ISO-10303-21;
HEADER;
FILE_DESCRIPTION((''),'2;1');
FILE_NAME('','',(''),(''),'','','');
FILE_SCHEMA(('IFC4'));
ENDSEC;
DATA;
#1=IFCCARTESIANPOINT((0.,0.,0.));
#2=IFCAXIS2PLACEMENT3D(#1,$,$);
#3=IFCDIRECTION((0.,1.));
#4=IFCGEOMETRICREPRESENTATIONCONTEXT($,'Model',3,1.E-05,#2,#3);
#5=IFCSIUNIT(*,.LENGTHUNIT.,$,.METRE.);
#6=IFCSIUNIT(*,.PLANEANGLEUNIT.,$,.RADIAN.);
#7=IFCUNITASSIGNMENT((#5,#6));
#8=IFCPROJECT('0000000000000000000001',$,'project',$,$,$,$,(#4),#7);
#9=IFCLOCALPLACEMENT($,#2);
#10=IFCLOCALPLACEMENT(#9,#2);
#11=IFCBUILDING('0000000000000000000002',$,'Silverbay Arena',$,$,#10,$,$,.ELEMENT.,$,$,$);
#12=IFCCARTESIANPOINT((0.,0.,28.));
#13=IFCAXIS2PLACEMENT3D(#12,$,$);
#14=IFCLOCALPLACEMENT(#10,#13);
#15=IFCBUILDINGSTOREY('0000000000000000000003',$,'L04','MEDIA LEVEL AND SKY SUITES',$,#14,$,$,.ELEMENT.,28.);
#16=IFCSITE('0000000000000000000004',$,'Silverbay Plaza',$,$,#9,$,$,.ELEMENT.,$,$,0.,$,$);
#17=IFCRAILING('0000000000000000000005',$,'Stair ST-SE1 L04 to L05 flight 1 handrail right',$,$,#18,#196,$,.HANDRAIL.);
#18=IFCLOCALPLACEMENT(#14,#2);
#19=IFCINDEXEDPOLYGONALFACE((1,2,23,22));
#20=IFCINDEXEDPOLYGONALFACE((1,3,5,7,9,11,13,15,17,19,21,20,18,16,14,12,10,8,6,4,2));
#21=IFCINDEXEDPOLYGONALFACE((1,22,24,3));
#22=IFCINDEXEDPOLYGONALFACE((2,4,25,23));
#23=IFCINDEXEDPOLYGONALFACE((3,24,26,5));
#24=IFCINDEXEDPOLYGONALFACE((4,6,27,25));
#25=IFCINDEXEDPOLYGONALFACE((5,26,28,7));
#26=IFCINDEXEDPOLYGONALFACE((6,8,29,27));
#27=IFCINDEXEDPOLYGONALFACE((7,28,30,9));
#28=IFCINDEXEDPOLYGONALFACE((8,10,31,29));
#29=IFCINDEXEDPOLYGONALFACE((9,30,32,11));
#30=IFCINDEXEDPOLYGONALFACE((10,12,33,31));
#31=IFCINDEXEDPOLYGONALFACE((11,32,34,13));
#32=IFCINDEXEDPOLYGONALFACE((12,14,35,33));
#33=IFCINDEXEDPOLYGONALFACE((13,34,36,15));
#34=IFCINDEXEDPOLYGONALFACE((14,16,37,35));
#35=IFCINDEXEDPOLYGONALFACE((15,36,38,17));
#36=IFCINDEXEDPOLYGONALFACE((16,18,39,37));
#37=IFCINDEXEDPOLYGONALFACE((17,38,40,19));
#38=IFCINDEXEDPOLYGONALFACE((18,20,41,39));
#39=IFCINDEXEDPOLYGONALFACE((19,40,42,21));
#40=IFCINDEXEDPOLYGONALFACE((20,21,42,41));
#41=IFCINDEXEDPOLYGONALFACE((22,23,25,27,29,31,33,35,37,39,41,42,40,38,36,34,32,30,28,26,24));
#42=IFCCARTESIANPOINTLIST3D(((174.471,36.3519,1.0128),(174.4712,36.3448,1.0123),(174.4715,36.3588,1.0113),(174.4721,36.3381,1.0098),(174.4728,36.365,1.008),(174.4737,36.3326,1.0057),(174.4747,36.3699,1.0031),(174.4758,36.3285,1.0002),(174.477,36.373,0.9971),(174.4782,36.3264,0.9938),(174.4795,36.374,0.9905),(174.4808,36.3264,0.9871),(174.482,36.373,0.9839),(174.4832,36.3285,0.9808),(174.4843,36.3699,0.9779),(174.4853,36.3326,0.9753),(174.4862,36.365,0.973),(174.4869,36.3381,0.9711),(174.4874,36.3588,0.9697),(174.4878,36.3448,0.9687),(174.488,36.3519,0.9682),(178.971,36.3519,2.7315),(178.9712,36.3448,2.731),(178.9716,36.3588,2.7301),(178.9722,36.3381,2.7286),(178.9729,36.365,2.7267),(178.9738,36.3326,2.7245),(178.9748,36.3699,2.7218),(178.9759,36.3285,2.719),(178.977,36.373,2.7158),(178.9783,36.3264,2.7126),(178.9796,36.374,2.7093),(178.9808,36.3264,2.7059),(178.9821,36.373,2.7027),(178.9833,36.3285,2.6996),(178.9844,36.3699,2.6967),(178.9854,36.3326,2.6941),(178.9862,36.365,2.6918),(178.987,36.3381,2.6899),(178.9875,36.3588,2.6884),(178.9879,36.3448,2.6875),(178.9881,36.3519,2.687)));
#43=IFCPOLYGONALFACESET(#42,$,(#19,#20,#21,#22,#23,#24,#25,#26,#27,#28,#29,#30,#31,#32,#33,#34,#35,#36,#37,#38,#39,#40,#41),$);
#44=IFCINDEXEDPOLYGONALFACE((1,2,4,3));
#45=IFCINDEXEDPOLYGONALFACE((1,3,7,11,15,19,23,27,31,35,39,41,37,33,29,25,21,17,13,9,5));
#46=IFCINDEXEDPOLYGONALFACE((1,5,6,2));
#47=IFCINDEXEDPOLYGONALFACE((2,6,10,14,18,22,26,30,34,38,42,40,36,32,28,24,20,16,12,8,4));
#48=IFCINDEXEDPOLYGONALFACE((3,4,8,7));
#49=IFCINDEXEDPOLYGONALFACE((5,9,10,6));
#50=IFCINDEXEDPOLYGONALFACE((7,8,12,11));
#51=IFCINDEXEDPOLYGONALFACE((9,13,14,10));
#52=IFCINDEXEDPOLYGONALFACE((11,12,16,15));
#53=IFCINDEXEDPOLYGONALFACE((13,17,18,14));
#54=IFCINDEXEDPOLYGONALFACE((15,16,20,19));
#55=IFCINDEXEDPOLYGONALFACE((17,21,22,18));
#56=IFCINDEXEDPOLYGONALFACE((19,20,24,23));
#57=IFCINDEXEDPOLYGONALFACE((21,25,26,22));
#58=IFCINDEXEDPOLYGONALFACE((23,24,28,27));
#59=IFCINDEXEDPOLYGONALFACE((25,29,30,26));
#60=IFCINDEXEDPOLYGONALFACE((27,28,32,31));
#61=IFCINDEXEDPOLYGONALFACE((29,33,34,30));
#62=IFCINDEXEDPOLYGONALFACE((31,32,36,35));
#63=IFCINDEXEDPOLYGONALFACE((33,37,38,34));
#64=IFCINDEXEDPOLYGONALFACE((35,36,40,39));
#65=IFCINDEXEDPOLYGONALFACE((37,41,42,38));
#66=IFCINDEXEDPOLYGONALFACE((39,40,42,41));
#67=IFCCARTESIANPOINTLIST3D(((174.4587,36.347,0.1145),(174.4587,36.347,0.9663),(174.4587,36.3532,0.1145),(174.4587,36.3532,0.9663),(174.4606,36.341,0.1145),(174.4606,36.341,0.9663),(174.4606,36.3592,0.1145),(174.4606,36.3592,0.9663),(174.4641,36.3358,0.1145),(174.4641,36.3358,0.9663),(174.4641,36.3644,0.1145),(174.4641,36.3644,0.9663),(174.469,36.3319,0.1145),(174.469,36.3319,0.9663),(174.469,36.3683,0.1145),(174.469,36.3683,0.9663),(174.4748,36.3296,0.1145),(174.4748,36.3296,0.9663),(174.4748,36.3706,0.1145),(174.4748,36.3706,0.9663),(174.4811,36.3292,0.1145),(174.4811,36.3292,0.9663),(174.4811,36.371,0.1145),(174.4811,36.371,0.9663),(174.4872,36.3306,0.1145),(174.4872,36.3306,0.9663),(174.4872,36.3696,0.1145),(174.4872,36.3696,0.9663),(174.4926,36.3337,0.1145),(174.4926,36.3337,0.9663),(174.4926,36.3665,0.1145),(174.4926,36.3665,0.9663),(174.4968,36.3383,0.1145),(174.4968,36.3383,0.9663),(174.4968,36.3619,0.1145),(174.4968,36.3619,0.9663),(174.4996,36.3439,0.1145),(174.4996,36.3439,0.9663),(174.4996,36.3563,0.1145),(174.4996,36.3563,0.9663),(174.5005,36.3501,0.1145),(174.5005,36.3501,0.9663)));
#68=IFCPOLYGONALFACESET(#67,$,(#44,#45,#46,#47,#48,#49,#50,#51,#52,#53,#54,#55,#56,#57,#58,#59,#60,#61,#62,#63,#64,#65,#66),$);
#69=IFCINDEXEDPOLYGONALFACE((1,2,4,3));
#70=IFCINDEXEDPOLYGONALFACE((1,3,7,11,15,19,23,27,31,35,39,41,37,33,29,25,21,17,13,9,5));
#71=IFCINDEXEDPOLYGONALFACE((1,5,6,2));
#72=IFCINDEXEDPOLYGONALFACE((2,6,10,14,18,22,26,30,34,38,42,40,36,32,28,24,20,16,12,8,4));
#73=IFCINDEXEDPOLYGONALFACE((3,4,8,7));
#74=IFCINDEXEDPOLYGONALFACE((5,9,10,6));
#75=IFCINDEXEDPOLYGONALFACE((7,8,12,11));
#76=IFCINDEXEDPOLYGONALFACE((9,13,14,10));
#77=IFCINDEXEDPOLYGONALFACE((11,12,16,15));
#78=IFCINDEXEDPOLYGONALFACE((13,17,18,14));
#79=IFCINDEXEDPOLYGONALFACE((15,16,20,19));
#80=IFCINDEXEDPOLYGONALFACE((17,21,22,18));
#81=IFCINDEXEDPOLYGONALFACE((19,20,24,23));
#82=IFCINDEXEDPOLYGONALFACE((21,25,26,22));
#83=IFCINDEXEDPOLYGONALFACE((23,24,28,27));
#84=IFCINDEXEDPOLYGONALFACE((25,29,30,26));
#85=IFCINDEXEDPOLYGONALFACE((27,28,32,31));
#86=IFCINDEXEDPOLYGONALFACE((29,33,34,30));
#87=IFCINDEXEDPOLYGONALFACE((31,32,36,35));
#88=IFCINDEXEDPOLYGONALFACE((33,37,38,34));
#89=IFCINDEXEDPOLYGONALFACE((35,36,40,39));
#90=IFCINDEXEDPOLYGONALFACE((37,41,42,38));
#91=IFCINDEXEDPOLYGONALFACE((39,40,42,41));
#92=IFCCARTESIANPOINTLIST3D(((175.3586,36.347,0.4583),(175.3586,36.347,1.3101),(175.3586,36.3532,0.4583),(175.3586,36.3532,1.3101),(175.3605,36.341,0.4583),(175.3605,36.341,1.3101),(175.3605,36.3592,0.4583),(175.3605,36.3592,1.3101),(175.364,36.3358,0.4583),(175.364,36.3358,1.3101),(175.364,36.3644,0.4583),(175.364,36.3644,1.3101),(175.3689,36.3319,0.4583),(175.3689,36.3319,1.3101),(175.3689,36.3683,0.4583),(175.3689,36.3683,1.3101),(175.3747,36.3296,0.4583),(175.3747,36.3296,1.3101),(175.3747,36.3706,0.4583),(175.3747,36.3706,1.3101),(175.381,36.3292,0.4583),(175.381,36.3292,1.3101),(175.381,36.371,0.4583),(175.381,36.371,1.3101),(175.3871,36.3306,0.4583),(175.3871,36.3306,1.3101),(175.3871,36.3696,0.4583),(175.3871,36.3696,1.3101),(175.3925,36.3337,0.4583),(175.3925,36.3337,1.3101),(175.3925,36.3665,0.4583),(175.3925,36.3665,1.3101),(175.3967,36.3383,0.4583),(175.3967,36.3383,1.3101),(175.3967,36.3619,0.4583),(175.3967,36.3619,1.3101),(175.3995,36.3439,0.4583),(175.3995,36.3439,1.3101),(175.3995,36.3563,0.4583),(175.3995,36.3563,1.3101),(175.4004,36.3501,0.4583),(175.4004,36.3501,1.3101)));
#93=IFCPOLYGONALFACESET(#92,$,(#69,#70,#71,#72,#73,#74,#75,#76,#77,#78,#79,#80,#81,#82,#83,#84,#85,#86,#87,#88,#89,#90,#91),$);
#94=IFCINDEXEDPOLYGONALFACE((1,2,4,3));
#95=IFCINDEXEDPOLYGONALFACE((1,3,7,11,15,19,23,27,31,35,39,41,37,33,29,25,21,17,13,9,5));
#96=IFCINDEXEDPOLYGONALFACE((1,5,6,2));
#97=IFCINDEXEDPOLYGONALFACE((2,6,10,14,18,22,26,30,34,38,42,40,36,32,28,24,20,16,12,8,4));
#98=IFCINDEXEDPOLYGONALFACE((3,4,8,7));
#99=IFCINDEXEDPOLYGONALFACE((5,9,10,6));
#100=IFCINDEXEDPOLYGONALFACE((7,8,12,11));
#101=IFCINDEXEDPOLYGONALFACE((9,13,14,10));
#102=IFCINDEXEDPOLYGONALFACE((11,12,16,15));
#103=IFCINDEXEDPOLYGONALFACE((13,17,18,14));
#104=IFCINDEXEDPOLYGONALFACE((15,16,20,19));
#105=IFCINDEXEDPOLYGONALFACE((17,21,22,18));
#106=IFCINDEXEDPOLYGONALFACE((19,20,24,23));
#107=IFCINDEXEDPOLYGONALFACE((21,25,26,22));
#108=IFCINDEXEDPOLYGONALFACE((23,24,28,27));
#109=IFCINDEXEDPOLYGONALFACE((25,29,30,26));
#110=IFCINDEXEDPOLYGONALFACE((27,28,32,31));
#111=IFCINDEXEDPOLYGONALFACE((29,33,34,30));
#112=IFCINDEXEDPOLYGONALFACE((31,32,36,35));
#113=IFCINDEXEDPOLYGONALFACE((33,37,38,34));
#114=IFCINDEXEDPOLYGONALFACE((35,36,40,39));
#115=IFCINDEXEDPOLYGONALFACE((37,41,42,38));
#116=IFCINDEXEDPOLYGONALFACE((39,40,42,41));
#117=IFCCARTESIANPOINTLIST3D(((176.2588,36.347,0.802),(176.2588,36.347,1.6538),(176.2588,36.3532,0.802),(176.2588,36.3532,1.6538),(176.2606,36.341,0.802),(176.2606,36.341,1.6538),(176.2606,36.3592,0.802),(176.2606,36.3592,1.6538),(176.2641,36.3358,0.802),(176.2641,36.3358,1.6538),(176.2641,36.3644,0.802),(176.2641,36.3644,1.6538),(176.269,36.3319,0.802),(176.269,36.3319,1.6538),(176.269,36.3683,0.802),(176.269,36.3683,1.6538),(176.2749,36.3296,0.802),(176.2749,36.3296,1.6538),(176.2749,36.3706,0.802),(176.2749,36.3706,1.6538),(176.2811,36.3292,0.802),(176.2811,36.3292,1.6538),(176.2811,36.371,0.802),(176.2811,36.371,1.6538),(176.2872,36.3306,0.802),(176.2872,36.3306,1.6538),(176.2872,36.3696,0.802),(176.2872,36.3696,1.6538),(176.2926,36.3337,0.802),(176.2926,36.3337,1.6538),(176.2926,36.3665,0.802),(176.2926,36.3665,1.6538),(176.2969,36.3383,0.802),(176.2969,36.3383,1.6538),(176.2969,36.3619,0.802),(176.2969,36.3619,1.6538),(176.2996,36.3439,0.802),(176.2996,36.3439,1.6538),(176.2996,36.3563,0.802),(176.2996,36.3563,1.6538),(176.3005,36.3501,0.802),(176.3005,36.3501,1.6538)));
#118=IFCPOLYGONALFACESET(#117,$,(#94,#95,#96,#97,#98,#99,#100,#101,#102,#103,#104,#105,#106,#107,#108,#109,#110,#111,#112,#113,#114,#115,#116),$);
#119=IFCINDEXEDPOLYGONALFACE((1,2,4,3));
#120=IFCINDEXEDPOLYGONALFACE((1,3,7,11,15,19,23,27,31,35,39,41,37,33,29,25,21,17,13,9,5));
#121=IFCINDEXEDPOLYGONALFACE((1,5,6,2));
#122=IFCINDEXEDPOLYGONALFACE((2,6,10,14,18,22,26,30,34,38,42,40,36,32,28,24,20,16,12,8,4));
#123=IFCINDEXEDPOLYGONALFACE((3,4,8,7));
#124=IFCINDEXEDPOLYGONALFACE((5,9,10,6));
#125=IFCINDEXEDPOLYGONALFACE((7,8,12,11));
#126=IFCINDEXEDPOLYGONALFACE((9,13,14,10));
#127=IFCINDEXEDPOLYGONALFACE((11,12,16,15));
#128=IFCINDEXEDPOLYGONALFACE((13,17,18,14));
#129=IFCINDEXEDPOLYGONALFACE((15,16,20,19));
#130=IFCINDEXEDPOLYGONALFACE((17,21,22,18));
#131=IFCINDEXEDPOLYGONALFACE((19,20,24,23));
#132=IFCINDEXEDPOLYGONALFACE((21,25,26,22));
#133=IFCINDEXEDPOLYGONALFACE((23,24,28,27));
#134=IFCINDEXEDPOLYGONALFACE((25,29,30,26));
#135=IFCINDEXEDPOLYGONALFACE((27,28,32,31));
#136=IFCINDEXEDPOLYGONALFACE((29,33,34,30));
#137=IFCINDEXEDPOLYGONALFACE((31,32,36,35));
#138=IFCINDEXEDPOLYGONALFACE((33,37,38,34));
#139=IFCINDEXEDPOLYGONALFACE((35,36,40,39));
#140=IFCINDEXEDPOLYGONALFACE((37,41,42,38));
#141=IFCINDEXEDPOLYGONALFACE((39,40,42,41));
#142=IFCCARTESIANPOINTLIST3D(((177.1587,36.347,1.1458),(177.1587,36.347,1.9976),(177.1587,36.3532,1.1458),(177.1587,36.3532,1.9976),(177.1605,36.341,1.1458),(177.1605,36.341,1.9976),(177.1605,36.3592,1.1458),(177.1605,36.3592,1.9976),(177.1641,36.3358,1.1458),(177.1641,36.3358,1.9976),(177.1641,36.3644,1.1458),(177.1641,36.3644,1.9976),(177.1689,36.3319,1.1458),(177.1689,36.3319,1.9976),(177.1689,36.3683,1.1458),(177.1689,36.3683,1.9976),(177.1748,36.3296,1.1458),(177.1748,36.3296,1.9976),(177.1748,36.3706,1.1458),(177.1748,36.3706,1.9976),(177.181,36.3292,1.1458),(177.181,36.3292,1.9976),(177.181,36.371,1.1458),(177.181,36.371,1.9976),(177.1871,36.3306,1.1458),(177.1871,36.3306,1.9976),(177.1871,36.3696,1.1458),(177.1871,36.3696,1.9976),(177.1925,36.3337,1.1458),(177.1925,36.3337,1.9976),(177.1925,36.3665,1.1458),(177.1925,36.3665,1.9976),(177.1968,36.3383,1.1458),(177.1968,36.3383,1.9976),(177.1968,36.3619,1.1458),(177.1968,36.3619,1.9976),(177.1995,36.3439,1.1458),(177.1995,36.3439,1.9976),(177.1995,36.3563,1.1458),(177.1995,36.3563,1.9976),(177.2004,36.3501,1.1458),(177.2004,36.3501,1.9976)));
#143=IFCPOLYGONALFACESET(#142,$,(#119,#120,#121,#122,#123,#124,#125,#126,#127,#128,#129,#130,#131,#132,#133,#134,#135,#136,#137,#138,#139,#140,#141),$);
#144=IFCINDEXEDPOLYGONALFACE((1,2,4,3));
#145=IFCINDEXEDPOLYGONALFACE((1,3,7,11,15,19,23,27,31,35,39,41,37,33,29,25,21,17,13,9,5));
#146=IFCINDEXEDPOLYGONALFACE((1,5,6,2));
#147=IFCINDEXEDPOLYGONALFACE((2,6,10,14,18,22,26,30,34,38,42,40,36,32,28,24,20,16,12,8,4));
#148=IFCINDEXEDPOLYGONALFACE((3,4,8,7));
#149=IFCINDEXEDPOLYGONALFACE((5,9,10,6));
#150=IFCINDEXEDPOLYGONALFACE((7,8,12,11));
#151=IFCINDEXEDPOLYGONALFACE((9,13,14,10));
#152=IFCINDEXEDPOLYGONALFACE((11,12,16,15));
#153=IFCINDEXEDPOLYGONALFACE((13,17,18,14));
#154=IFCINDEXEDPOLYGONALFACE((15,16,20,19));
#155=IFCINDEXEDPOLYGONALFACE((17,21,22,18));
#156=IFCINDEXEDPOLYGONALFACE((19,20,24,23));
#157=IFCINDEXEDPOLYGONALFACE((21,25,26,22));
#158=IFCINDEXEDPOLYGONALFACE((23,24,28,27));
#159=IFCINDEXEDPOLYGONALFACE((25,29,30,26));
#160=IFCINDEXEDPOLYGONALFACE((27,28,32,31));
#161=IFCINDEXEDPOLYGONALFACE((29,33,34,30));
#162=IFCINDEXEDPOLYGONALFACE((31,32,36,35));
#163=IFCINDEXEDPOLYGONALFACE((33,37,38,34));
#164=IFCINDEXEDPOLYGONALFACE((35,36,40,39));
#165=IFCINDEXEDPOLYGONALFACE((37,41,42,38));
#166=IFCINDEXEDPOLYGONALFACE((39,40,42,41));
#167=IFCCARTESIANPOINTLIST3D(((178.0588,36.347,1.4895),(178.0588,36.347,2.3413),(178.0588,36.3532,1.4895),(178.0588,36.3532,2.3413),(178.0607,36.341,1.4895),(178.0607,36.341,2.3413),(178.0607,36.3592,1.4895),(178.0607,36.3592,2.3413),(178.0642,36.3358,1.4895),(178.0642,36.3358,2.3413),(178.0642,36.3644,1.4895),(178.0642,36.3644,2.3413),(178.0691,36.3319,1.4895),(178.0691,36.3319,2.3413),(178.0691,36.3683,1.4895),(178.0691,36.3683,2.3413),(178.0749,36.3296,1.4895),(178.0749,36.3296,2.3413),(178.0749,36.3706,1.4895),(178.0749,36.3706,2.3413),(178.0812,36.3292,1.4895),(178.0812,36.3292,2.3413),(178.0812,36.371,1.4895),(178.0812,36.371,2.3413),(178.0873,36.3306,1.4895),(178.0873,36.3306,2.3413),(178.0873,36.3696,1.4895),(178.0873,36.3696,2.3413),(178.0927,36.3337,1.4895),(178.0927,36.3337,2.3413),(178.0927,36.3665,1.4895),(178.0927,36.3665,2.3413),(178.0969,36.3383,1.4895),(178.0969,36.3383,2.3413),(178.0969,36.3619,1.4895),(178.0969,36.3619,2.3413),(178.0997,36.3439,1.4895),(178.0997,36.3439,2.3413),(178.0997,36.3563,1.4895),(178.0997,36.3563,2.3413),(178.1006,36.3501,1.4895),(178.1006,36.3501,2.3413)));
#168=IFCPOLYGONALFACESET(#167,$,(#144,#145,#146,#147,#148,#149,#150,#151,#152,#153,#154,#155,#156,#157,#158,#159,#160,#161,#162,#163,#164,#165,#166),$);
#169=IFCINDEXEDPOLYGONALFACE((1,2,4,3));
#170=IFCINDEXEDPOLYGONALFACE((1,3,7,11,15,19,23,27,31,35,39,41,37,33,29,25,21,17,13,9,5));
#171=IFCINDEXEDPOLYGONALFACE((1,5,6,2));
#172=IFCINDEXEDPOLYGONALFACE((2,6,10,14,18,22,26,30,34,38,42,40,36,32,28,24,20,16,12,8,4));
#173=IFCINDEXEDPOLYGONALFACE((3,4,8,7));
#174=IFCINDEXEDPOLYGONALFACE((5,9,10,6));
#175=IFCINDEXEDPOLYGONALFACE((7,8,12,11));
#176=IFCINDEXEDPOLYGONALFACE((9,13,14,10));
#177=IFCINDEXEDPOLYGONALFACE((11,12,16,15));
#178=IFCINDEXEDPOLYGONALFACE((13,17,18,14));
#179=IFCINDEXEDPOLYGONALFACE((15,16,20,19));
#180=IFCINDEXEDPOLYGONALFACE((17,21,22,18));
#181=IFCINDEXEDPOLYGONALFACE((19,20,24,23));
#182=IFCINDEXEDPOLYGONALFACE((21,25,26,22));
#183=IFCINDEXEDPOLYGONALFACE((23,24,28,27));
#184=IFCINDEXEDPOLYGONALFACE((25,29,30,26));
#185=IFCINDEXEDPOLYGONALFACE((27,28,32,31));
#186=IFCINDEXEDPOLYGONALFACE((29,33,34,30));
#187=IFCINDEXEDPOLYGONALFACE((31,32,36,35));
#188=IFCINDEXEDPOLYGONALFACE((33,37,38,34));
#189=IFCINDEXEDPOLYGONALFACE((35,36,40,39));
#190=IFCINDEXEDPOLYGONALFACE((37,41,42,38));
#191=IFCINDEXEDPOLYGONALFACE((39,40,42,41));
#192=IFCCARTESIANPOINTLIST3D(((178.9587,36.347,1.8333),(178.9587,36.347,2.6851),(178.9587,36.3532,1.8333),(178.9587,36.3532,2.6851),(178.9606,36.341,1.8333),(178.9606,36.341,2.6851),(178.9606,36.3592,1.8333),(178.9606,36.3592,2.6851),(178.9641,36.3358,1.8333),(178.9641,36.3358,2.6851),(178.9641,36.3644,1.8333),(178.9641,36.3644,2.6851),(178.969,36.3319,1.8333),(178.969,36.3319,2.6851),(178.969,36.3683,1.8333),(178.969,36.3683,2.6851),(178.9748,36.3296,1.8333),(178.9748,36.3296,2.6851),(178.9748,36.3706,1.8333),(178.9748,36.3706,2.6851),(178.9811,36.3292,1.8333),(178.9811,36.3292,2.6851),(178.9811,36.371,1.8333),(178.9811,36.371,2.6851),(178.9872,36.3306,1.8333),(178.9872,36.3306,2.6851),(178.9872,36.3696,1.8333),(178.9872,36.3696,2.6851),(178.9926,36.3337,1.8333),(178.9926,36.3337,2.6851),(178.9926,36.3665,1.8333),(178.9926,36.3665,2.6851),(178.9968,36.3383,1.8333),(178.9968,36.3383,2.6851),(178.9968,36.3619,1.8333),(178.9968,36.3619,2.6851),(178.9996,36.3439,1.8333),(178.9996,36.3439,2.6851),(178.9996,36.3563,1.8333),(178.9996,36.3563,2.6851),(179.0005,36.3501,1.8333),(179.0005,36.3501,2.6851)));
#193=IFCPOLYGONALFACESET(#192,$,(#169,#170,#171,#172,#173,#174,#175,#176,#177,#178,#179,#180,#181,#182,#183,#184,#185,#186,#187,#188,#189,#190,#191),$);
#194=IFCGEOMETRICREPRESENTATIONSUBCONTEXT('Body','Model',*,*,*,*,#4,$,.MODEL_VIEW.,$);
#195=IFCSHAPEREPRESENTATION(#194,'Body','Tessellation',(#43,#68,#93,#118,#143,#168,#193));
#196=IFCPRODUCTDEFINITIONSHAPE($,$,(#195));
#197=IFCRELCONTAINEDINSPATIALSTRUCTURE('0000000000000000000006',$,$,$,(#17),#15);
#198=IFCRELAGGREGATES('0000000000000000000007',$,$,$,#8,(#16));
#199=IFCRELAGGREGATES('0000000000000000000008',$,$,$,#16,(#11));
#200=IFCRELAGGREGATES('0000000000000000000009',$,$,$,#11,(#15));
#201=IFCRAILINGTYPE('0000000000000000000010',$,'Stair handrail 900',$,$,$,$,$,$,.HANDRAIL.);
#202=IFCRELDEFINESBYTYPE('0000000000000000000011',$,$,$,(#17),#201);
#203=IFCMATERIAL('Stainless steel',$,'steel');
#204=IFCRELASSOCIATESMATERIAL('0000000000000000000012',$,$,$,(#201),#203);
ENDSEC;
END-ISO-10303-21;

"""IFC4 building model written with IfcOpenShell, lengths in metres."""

from ifc_helpers import new_model, si_unit, direction, frame, origin, origin_2d, place, context, subcontext, project, spatial, circle, extrude, material, type_object, element, save


model = new_model("IFC4")

# Units and contexts
model_context = context("Model", 3, precision=1e-05, world=origin(), true_north=direction((0.0, 1.0)))
body_context = subcontext(model_context, "Body", "Model", "MODEL_VIEW")
ifc_project = project(units=[si_unit("LENGTHUNIT", "METRE"), si_unit("PLANEANGLEUNIT", "RADIAN")], contexts=[model_context])

# Site, building, storey
site_placement = place(None, origin())
site = spatial("IfcSite", under=ifc_project, at=site_placement, Name="Silverbay Plaza", CompositionType="ELEMENT", RefElevation=0.0)
building_placement = place(site_placement, origin())
building = spatial("IfcBuilding", under=site, at=building_placement, Name="Silverbay Arena", CompositionType="ELEMENT")
storey_placement = place(building_placement, frame((0.0, 0.0, 28.0)))
storey = spatial("IfcBuildingStorey", under=building, at=storey_placement, Name="L04", Description="MEDIA LEVEL AND SKY SUITES", CompositionType="ELEMENT", Elevation=28.0)

# Railing
ifc_material_1 = material(Name="Stainless steel", Category="steel")
railing_type_1 = type_object("IfcRailingType", Name="Stair handrail 900", PredefinedType="HANDRAIL", material=ifc_material_1)
for number, where, name in (
    (1, (174.4795, 36.3501, 0.1145), "Stair ST-SE1 L04 to L05 flight 1 handrail right"),
):
    element("IfcRailing", number, at=place(storey_placement, frame(where)), inside=storey, type_object=railing_type_1, Name=name, PredefinedType="HANDRAIL", context=body_context, shape_type="SweptSolid", body=[
        extrude(circle(Radius=0.0239, at=origin_2d()), frame((0.0, 0.0, 0.876), z_axis=(0.934179, 0.0, 0.356805), x_axis=(0.0, 1.0, 0.0)), (0.0, 0.0, 1.0), 4.8171),
        extrude(circle(Radius=0.021, at=origin_2d()), origin(), (0.0, 0.0, 1.0), 0.8518),
        extrude(circle(Radius=0.021, at=origin_2d()), frame((0.8999, 0.0, 0.3438)), (0.0, 0.0, 1.0), 0.8518),
        extrude(circle(Radius=0.021, at=origin_2d()), frame((1.8, 0.0, 0.6875)), (0.0, 0.0, 1.0), 0.8518),
        extrude(circle(Radius=0.021, at=origin_2d()), frame((2.7, 0.0, 1.0312)), (0.0, 0.0, 1.0), 0.8518),
        extrude(circle(Radius=0.021, at=origin_2d()), frame((3.6001, 0.0, 1.375)), (0.0, 0.0, 1.0), 0.8518),
        extrude(circle(Radius=0.021, at=origin_2d()), frame((4.5, 0.0, 1.7188)), (0.0, 0.0, 1.0), 0.8518),
    ])

save(model, "model.ifc")
